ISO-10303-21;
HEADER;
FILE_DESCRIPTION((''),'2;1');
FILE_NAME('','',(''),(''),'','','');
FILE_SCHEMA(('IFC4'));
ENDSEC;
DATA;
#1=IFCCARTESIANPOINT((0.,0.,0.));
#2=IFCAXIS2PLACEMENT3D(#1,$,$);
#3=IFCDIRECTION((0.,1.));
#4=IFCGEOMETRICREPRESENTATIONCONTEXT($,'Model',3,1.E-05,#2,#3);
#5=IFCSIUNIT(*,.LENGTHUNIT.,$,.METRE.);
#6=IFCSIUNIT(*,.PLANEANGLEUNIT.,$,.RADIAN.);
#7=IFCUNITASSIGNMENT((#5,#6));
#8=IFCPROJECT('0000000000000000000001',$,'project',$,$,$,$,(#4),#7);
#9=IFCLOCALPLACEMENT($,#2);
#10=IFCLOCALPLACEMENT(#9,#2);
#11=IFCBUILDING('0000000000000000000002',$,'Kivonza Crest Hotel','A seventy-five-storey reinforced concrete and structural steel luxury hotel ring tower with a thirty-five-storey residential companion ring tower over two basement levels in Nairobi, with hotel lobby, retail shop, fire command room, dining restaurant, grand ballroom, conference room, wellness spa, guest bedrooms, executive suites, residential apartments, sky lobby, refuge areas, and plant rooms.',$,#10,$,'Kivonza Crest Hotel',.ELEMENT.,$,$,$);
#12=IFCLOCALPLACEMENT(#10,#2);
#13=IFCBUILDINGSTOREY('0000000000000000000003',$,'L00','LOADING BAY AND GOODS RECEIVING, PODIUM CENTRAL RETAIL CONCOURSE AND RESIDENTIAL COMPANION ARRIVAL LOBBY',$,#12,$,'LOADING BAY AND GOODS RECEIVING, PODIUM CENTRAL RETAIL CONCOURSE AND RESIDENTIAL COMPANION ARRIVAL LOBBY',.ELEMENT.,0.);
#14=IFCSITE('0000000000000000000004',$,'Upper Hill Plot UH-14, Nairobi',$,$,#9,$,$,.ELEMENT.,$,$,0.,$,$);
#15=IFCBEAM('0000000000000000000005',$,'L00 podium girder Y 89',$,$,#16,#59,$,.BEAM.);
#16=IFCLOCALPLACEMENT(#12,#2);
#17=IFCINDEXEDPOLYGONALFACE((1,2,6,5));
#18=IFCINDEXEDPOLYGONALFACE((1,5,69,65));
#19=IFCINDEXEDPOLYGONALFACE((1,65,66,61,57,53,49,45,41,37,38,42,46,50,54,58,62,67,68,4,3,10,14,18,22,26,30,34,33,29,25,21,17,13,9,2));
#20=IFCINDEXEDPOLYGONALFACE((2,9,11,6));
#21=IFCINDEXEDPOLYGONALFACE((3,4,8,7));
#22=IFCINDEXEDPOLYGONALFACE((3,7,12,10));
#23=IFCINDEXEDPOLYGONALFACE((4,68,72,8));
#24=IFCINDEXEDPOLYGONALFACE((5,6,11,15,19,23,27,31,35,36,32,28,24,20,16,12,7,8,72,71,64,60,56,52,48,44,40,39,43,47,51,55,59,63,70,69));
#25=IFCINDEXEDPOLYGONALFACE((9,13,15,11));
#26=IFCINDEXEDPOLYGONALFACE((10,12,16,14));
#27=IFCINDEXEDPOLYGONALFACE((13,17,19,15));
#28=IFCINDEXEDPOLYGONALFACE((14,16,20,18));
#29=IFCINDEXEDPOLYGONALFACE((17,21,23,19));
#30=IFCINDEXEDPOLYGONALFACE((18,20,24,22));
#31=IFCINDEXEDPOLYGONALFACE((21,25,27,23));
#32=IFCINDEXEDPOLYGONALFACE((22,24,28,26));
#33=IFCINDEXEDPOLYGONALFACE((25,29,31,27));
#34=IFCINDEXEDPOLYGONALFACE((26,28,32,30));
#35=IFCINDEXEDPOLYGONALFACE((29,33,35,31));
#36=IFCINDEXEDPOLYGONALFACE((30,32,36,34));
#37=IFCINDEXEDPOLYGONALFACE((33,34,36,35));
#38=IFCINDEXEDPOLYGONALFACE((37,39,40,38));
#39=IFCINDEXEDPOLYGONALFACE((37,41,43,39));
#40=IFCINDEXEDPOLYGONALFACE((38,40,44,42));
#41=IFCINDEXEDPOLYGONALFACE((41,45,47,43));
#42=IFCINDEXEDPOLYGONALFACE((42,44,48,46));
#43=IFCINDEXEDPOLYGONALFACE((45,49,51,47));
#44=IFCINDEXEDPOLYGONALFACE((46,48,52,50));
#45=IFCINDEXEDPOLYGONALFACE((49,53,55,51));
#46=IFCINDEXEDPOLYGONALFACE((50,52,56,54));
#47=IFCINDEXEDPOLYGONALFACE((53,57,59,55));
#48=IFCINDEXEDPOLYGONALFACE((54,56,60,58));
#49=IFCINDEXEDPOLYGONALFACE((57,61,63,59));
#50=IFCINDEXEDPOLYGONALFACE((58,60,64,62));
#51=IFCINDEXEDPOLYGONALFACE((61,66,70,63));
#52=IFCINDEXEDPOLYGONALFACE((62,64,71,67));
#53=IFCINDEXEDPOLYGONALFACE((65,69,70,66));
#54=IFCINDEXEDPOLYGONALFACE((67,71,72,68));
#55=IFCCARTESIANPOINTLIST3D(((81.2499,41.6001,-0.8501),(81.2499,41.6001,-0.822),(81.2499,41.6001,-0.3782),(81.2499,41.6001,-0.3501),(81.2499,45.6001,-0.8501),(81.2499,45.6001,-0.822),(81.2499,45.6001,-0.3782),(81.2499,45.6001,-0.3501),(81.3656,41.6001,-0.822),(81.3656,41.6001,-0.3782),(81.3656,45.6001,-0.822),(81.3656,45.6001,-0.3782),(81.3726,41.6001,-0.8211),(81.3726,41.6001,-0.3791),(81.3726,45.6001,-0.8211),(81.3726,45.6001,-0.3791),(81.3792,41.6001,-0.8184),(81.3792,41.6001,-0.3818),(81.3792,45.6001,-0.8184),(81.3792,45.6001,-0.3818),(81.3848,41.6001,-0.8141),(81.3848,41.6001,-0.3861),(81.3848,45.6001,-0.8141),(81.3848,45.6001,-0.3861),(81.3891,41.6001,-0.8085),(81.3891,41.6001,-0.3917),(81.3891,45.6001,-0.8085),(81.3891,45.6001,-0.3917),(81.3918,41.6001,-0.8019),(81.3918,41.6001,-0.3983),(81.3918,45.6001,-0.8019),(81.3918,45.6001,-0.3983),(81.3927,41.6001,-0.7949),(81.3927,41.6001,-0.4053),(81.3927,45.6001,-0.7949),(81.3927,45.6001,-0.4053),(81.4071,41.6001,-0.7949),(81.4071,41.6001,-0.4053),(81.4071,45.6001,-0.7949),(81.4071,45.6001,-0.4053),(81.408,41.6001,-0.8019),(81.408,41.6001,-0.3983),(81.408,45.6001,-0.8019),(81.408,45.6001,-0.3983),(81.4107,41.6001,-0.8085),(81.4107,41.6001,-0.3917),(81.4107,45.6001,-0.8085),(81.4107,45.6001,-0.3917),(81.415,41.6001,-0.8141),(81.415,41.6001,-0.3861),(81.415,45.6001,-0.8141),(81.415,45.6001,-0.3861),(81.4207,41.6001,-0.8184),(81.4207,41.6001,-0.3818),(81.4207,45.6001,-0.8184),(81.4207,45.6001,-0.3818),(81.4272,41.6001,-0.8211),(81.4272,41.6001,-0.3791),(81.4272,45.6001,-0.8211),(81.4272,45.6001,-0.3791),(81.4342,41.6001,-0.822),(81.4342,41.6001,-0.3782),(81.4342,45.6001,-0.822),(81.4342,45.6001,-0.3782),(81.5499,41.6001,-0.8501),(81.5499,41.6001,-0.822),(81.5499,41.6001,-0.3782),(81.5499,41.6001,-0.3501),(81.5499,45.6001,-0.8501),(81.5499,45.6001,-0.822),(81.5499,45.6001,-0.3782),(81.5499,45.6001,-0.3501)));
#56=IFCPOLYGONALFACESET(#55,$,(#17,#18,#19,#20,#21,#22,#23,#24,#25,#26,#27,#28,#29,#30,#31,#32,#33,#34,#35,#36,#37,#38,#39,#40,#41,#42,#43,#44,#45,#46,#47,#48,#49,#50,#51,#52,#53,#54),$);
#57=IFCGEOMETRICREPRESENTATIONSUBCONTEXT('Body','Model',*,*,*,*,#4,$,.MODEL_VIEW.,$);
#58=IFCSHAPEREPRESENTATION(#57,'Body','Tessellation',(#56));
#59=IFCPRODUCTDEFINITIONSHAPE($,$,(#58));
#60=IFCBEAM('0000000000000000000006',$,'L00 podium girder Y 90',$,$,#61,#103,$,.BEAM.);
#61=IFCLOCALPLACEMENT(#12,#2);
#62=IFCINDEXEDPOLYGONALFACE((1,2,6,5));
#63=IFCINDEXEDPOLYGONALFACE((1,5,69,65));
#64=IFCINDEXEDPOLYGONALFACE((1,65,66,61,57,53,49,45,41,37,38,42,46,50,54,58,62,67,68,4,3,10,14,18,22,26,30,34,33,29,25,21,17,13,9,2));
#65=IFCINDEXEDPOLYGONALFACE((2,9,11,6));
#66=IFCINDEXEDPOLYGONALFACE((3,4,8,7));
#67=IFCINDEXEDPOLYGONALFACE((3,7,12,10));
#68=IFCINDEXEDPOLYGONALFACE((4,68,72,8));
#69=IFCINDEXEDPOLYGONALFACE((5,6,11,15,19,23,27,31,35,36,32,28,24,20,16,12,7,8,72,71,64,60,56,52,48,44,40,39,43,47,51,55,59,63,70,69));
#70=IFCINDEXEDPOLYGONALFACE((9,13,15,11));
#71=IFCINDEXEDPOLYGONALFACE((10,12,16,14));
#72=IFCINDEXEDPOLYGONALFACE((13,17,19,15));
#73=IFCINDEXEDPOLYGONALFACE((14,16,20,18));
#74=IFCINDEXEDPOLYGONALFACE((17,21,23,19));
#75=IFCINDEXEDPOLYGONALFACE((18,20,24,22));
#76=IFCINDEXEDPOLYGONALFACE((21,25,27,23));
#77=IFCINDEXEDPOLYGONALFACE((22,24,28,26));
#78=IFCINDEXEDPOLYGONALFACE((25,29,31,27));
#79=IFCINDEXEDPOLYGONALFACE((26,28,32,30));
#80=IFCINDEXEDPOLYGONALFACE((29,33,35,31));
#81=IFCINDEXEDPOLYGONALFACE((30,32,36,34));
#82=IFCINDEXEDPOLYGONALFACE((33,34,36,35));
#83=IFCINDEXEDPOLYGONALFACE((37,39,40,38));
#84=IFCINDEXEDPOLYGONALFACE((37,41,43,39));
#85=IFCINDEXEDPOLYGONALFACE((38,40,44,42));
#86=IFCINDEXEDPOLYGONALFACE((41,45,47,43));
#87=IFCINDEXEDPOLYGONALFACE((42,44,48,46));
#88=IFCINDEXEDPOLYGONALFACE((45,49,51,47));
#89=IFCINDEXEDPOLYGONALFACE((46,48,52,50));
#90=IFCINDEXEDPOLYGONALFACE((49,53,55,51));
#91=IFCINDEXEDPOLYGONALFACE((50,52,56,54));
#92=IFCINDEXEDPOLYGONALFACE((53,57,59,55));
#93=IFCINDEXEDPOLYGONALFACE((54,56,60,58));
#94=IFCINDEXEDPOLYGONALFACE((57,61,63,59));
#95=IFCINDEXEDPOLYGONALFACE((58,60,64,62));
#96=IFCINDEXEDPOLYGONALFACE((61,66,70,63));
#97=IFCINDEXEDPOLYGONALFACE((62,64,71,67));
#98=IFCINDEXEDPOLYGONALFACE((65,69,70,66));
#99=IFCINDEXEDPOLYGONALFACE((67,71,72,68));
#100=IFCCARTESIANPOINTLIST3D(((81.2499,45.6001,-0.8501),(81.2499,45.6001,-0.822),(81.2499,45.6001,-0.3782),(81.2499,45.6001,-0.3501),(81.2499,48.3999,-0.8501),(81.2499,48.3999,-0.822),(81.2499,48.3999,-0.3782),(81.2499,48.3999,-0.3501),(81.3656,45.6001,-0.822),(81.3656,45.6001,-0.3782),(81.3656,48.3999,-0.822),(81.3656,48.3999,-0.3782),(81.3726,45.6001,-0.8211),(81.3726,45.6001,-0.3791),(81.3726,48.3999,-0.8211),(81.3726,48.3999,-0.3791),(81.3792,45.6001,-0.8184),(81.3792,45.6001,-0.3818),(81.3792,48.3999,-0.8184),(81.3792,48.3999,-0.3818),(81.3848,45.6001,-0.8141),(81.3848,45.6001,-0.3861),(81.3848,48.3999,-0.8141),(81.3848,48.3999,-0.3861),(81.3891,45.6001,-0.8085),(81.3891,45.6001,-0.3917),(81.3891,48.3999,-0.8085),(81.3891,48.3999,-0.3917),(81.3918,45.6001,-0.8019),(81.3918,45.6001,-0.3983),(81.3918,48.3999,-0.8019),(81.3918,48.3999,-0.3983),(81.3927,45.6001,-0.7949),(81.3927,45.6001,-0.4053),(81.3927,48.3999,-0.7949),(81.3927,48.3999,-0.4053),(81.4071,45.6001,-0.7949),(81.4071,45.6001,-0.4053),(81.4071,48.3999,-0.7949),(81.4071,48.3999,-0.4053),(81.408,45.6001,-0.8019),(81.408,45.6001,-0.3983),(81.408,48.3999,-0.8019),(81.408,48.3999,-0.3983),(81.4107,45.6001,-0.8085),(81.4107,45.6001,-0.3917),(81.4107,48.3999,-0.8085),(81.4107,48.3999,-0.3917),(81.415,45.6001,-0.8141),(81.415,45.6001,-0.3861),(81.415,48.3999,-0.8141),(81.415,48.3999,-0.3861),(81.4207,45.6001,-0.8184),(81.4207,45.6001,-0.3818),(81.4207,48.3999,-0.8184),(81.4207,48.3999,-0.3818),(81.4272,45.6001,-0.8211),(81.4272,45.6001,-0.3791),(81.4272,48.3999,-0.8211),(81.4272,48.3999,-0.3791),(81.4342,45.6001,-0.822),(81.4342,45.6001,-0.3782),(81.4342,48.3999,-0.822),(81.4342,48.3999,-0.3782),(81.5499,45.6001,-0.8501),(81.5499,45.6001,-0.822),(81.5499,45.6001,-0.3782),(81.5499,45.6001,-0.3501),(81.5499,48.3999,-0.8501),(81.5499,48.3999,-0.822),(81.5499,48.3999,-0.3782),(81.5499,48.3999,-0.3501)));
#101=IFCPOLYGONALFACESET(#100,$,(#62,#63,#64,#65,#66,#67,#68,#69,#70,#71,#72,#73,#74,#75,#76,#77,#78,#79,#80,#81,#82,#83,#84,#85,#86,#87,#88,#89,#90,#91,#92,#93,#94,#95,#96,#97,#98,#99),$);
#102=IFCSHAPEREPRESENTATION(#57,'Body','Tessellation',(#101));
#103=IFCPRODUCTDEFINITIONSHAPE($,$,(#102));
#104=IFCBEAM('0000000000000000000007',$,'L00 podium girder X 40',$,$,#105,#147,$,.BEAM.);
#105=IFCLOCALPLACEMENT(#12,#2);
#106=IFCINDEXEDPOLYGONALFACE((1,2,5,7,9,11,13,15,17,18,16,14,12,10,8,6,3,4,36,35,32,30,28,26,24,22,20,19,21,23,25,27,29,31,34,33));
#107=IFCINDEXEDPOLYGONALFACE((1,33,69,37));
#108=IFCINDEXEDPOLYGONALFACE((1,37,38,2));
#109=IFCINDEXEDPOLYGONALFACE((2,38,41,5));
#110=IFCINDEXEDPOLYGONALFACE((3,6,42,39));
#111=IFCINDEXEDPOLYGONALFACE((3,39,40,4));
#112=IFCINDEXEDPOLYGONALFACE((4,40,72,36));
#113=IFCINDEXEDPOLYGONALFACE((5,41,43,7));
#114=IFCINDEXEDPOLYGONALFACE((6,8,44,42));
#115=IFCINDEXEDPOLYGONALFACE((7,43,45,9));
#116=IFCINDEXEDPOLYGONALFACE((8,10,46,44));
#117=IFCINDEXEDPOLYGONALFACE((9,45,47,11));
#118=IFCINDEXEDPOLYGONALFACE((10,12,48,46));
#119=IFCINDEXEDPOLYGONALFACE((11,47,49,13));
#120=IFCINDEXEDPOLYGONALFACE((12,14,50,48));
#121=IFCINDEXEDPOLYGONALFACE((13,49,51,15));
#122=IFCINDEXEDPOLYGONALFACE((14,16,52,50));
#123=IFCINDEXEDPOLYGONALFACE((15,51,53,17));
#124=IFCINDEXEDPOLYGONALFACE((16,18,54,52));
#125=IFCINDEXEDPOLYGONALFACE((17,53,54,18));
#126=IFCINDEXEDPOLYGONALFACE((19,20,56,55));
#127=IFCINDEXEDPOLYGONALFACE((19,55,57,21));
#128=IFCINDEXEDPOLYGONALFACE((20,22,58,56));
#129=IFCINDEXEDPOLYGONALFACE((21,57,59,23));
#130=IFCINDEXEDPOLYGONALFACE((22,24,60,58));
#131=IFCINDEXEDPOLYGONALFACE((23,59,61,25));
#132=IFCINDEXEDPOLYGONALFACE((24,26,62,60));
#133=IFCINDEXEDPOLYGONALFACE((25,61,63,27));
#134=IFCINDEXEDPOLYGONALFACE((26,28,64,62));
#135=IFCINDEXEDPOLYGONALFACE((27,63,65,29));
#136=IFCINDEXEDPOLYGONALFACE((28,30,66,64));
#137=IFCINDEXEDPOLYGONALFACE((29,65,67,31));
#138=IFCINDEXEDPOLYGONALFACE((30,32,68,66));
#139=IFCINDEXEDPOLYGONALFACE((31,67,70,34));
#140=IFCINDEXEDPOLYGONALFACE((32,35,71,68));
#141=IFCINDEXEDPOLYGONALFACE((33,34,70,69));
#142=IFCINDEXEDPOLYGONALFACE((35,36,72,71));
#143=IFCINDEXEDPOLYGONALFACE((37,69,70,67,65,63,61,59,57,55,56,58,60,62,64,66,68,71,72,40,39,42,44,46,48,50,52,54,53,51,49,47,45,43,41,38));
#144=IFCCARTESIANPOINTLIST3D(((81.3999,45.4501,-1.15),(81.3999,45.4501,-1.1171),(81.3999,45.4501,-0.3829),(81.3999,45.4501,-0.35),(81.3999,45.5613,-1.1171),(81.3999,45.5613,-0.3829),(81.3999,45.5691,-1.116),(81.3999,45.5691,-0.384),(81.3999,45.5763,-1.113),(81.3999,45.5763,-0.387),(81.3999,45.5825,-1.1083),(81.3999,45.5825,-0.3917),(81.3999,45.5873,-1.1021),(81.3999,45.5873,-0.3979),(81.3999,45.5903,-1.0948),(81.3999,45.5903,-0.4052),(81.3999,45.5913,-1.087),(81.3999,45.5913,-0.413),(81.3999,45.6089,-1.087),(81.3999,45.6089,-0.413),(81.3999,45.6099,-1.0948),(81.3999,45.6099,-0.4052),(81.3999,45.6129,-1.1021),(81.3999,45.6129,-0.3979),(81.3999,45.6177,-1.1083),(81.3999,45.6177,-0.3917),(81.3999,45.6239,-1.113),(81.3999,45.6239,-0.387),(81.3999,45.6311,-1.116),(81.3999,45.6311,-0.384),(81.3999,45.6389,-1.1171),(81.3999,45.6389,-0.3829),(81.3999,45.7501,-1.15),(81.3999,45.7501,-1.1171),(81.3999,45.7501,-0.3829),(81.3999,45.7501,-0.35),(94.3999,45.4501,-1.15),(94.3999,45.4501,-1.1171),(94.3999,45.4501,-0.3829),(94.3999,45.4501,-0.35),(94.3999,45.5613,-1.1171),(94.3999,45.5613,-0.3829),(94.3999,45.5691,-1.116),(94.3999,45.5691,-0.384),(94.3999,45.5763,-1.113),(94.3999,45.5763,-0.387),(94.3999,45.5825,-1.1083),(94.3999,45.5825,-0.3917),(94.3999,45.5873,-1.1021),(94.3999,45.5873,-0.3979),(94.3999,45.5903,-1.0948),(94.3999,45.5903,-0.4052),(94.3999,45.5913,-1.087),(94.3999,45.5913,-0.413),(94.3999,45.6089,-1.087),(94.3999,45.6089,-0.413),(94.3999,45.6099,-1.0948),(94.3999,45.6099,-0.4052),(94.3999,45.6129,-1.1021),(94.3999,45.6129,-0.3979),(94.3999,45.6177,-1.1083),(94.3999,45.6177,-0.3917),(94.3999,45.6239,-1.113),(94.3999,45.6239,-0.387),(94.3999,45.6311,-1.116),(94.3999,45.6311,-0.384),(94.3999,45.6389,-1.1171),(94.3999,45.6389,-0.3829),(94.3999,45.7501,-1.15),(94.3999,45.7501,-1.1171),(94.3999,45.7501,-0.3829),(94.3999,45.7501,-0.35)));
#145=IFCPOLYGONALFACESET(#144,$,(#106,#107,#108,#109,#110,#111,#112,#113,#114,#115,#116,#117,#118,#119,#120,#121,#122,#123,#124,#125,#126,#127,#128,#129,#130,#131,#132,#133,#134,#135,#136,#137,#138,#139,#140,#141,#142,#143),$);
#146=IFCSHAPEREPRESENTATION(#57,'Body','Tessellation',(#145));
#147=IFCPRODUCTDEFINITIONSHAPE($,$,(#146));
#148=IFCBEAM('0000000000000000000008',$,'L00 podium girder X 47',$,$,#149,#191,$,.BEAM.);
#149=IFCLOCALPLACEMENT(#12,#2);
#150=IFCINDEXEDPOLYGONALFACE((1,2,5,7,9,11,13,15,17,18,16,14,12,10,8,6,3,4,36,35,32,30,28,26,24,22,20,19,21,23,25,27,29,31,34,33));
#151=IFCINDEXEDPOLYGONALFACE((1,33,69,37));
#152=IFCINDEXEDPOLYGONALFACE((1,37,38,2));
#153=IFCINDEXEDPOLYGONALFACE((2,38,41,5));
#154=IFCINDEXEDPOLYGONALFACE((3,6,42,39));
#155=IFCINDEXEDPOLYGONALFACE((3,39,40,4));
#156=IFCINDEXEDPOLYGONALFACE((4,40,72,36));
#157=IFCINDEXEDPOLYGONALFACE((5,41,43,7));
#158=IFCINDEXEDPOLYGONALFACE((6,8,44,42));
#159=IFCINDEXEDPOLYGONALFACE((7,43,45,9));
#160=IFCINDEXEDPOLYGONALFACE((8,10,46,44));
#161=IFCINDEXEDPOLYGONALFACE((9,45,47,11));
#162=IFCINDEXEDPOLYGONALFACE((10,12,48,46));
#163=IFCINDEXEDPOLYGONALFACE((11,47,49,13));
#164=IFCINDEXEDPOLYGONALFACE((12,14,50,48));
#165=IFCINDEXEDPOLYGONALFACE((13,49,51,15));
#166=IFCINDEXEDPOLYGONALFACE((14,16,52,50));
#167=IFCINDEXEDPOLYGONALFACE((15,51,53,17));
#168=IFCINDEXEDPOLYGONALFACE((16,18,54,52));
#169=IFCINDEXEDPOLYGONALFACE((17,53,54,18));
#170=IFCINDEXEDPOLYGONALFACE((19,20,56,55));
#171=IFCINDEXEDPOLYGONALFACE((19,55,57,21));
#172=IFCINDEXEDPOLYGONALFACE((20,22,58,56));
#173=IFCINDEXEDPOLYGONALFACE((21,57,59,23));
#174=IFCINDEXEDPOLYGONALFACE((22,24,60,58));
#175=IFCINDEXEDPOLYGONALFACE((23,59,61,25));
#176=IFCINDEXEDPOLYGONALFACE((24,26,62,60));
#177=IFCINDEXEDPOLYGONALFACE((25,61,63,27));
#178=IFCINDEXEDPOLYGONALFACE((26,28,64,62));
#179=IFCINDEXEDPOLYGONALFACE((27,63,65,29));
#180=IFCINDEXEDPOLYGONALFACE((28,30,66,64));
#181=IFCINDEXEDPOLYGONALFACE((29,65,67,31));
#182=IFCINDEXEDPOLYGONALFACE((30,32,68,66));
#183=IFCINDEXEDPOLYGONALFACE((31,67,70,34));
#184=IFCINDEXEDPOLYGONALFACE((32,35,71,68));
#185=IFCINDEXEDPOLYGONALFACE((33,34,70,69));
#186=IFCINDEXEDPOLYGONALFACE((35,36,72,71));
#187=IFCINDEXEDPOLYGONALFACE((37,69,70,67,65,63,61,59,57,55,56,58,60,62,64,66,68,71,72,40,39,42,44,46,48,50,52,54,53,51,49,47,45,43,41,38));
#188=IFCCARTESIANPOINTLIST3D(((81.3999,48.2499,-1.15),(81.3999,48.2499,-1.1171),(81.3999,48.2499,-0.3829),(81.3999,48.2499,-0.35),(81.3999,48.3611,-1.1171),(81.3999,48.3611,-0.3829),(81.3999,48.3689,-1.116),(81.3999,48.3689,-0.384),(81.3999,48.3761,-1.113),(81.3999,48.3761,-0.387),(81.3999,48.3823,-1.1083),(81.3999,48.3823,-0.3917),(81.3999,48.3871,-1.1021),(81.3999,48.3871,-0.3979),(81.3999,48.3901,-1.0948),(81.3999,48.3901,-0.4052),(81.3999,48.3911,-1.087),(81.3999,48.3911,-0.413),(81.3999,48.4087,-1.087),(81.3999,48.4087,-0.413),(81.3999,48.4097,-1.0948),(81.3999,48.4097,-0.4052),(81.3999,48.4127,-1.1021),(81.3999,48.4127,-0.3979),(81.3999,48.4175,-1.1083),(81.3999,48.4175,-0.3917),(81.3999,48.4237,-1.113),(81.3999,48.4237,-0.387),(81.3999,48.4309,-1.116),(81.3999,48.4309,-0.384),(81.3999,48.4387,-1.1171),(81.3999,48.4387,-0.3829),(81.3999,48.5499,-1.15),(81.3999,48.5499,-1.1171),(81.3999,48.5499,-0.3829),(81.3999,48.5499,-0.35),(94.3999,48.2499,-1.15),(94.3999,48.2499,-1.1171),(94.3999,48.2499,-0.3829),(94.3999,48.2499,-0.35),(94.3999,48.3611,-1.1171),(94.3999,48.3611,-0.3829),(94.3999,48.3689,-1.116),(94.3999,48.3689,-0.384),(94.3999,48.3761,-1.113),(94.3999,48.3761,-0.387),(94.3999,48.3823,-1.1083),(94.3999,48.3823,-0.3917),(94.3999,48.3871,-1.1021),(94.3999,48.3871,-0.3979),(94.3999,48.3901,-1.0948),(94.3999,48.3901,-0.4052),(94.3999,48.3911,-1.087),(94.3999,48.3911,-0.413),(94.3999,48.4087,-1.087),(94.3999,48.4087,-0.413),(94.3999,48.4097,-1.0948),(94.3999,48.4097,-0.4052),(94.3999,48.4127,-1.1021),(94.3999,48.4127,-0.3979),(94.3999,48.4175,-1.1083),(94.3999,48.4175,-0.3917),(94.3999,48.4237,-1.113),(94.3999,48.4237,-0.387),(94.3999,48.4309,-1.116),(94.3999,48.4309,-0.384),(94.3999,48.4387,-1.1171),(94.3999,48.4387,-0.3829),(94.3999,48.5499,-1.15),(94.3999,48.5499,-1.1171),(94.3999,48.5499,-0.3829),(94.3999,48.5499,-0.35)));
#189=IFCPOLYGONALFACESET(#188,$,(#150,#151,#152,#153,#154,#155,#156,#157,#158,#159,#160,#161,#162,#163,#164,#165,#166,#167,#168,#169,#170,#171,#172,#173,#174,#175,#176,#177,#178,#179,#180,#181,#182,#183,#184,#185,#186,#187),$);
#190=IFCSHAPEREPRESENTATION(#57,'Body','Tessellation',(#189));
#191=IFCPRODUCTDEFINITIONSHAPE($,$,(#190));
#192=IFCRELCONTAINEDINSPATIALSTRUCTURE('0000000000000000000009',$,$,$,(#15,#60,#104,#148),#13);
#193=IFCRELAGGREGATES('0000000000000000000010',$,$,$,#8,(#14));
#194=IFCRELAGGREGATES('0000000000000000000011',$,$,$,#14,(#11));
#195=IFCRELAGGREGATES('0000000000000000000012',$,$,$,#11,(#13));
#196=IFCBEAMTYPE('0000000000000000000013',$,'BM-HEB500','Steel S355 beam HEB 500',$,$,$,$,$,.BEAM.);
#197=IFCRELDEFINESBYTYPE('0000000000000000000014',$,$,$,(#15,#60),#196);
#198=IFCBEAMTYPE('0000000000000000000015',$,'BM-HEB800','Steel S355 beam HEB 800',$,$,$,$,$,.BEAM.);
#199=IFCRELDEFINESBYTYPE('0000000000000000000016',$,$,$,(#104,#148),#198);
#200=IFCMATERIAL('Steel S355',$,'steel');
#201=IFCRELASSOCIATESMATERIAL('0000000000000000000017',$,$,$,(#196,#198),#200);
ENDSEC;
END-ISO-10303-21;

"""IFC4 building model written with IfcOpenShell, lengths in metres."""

from ifc_helpers import new_model, si_unit, direction, frame, origin, origin_2d, place, context, subcontext, project, spatial, i_section, extrude, material, material_profile, profile_set, type_object, element, save


model = new_model("IFC4")

# Units and contexts
model_context = context("Model", 3, precision=1e-05, world=origin(), true_north=direction((0.0, 1.0)))
body_context = subcontext(model_context, "Body", "Model", "MODEL_VIEW")
ifc_project = project(units=[si_unit("LENGTHUNIT", "METRE"), si_unit("PLANEANGLEUNIT", "RADIAN")], contexts=[model_context])

# Site, building, storey
site_placement = place(None, origin())
site = spatial("IfcSite", under=ifc_project, at=site_placement, Name="Upper Hill Plot UH-14, Nairobi", CompositionType="ELEMENT", RefElevation=0.0)
building_placement = place(site_placement, origin())
building = spatial("IfcBuilding", under=site, at=building_placement, Name="Kivonza Crest Hotel", Description="A seventy-five-storey reinforced concrete and structural steel luxury hotel ring tower with a thirty-five-storey residential companion ring tower over two basement levels in Nairobi, with hotel lobby, retail shop, fire command room, dining restaurant, grand ballroom, conference room, wellness spa, guest bedrooms, executive suites, residential apartments, sky lobby, refuge areas, and plant rooms.", LongName="Kivonza Crest Hotel", CompositionType="ELEMENT")
storey_placement = place(building_placement, origin())
storey = spatial("IfcBuildingStorey", under=building, at=storey_placement, Name="L00", Description="LOADING BAY AND GOODS RECEIVING, PODIUM CENTRAL RETAIL CONCOURSE AND RESIDENTIAL COMPANION ARRIVAL LOBBY", LongName="LOADING BAY AND GOODS RECEIVING, PODIUM CENTRAL RETAIL CONCOURSE AND RESIDENTIAL COMPANION ARRIVAL LOBBY", CompositionType="ELEMENT", Elevation=0.0)

# Beams
ifc_material_1 = material(Name="Steel S355", Category="steel")
ifc_material_profile_1 = material_profile(ifc_material_1, i_section(OverallWidth=0.3, OverallDepth=0.5, WebThickness=0.0144, FlangeThickness=0.0281, FilletRadius=0.0271, at=origin_2d()), Name="HEB 500")
ifc_profile_set_1 = profile_set([ifc_material_profile_1], Name="Steel S355")
beam_type_1 = type_object("IfcBeamType", Name="BM-HEB500", Description="Steel S355 beam HEB 500", PredefinedType="BEAM", material=ifc_profile_set_1)
beam_1_placement = place(storey_placement, frame((81.3999, 41.6001, -0.6001), z_axis=(0.0, 1.0, 0.0), x_axis=(-1.0, 0.0, 0.0)))
element("IfcBeam", 1, at=beam_1_placement, inside=storey, type_object=beam_type_1, Name="L00 podium girder Y 89", PredefinedType="BEAM", context=body_context, shape_type="SweptSolid", body=[
    extrude(i_section(OverallWidth=0.3, OverallDepth=0.5, WebThickness=0.0144, FlangeThickness=0.0281, FilletRadius=0.0271, at=origin_2d()), origin(), (0.0, 0.0, 1.0), 4.0),
])
beam_2_placement = place(storey_placement, frame((81.3999, 45.6001, -0.6001), z_axis=(0.0, 1.0, 0.0), x_axis=(-1.0, 0.0, 0.0)))
element("IfcBeam", 2, at=beam_2_placement, inside=storey, type_object=beam_type_1, Name="L00 podium girder Y 90", PredefinedType="BEAM", context=body_context, shape_type="SweptSolid", body=[
    extrude(i_section(OverallWidth=0.3, OverallDepth=0.5, WebThickness=0.0144, FlangeThickness=0.0281, FilletRadius=0.0271, at=origin_2d()), origin(), (0.0, 0.0, 1.0), 2.7998),
])
ifc_material_profile_2 = material_profile(ifc_material_1, i_section(OverallWidth=0.3, OverallDepth=0.8, WebThickness=0.0176, FlangeThickness=0.033, FilletRadius=0.03, at=origin_2d()), Name="HEB 800")
ifc_profile_set_2 = profile_set([ifc_material_profile_2], Name="Steel S355")
beam_type_2 = type_object("IfcBeamType", Name="BM-HEB800", Description="Steel S355 beam HEB 800", PredefinedType="BEAM", material=ifc_profile_set_2)
for number, where, z_axis, x_axis, name in (
    (3, (81.3999, 45.6001, -0.75), (1.0, 0.0, 0.0), (0.0, 1.0, 0.0), "L00 podium girder X 40"),
    (4, (81.3999, 48.3999, -0.75), (1.0, 0.0, 0.0), (0.0, 1.0, 0.0), "L00 podium girder X 47"),
):
    element("IfcBeam", number, at=place(storey_placement, frame(where, z_axis=z_axis, x_axis=x_axis)), inside=storey, type_object=beam_type_2, Name=name, PredefinedType="BEAM", context=body_context, shape_type="SweptSolid", body=[
        extrude(i_section(OverallWidth=0.3, OverallDepth=0.8, WebThickness=0.0176, FlangeThickness=0.033, FilletRadius=0.03, at=origin_2d()), origin(), (0.0, 0.0, 1.0), 13.0),
    ])

save(model, "model.ifc")
